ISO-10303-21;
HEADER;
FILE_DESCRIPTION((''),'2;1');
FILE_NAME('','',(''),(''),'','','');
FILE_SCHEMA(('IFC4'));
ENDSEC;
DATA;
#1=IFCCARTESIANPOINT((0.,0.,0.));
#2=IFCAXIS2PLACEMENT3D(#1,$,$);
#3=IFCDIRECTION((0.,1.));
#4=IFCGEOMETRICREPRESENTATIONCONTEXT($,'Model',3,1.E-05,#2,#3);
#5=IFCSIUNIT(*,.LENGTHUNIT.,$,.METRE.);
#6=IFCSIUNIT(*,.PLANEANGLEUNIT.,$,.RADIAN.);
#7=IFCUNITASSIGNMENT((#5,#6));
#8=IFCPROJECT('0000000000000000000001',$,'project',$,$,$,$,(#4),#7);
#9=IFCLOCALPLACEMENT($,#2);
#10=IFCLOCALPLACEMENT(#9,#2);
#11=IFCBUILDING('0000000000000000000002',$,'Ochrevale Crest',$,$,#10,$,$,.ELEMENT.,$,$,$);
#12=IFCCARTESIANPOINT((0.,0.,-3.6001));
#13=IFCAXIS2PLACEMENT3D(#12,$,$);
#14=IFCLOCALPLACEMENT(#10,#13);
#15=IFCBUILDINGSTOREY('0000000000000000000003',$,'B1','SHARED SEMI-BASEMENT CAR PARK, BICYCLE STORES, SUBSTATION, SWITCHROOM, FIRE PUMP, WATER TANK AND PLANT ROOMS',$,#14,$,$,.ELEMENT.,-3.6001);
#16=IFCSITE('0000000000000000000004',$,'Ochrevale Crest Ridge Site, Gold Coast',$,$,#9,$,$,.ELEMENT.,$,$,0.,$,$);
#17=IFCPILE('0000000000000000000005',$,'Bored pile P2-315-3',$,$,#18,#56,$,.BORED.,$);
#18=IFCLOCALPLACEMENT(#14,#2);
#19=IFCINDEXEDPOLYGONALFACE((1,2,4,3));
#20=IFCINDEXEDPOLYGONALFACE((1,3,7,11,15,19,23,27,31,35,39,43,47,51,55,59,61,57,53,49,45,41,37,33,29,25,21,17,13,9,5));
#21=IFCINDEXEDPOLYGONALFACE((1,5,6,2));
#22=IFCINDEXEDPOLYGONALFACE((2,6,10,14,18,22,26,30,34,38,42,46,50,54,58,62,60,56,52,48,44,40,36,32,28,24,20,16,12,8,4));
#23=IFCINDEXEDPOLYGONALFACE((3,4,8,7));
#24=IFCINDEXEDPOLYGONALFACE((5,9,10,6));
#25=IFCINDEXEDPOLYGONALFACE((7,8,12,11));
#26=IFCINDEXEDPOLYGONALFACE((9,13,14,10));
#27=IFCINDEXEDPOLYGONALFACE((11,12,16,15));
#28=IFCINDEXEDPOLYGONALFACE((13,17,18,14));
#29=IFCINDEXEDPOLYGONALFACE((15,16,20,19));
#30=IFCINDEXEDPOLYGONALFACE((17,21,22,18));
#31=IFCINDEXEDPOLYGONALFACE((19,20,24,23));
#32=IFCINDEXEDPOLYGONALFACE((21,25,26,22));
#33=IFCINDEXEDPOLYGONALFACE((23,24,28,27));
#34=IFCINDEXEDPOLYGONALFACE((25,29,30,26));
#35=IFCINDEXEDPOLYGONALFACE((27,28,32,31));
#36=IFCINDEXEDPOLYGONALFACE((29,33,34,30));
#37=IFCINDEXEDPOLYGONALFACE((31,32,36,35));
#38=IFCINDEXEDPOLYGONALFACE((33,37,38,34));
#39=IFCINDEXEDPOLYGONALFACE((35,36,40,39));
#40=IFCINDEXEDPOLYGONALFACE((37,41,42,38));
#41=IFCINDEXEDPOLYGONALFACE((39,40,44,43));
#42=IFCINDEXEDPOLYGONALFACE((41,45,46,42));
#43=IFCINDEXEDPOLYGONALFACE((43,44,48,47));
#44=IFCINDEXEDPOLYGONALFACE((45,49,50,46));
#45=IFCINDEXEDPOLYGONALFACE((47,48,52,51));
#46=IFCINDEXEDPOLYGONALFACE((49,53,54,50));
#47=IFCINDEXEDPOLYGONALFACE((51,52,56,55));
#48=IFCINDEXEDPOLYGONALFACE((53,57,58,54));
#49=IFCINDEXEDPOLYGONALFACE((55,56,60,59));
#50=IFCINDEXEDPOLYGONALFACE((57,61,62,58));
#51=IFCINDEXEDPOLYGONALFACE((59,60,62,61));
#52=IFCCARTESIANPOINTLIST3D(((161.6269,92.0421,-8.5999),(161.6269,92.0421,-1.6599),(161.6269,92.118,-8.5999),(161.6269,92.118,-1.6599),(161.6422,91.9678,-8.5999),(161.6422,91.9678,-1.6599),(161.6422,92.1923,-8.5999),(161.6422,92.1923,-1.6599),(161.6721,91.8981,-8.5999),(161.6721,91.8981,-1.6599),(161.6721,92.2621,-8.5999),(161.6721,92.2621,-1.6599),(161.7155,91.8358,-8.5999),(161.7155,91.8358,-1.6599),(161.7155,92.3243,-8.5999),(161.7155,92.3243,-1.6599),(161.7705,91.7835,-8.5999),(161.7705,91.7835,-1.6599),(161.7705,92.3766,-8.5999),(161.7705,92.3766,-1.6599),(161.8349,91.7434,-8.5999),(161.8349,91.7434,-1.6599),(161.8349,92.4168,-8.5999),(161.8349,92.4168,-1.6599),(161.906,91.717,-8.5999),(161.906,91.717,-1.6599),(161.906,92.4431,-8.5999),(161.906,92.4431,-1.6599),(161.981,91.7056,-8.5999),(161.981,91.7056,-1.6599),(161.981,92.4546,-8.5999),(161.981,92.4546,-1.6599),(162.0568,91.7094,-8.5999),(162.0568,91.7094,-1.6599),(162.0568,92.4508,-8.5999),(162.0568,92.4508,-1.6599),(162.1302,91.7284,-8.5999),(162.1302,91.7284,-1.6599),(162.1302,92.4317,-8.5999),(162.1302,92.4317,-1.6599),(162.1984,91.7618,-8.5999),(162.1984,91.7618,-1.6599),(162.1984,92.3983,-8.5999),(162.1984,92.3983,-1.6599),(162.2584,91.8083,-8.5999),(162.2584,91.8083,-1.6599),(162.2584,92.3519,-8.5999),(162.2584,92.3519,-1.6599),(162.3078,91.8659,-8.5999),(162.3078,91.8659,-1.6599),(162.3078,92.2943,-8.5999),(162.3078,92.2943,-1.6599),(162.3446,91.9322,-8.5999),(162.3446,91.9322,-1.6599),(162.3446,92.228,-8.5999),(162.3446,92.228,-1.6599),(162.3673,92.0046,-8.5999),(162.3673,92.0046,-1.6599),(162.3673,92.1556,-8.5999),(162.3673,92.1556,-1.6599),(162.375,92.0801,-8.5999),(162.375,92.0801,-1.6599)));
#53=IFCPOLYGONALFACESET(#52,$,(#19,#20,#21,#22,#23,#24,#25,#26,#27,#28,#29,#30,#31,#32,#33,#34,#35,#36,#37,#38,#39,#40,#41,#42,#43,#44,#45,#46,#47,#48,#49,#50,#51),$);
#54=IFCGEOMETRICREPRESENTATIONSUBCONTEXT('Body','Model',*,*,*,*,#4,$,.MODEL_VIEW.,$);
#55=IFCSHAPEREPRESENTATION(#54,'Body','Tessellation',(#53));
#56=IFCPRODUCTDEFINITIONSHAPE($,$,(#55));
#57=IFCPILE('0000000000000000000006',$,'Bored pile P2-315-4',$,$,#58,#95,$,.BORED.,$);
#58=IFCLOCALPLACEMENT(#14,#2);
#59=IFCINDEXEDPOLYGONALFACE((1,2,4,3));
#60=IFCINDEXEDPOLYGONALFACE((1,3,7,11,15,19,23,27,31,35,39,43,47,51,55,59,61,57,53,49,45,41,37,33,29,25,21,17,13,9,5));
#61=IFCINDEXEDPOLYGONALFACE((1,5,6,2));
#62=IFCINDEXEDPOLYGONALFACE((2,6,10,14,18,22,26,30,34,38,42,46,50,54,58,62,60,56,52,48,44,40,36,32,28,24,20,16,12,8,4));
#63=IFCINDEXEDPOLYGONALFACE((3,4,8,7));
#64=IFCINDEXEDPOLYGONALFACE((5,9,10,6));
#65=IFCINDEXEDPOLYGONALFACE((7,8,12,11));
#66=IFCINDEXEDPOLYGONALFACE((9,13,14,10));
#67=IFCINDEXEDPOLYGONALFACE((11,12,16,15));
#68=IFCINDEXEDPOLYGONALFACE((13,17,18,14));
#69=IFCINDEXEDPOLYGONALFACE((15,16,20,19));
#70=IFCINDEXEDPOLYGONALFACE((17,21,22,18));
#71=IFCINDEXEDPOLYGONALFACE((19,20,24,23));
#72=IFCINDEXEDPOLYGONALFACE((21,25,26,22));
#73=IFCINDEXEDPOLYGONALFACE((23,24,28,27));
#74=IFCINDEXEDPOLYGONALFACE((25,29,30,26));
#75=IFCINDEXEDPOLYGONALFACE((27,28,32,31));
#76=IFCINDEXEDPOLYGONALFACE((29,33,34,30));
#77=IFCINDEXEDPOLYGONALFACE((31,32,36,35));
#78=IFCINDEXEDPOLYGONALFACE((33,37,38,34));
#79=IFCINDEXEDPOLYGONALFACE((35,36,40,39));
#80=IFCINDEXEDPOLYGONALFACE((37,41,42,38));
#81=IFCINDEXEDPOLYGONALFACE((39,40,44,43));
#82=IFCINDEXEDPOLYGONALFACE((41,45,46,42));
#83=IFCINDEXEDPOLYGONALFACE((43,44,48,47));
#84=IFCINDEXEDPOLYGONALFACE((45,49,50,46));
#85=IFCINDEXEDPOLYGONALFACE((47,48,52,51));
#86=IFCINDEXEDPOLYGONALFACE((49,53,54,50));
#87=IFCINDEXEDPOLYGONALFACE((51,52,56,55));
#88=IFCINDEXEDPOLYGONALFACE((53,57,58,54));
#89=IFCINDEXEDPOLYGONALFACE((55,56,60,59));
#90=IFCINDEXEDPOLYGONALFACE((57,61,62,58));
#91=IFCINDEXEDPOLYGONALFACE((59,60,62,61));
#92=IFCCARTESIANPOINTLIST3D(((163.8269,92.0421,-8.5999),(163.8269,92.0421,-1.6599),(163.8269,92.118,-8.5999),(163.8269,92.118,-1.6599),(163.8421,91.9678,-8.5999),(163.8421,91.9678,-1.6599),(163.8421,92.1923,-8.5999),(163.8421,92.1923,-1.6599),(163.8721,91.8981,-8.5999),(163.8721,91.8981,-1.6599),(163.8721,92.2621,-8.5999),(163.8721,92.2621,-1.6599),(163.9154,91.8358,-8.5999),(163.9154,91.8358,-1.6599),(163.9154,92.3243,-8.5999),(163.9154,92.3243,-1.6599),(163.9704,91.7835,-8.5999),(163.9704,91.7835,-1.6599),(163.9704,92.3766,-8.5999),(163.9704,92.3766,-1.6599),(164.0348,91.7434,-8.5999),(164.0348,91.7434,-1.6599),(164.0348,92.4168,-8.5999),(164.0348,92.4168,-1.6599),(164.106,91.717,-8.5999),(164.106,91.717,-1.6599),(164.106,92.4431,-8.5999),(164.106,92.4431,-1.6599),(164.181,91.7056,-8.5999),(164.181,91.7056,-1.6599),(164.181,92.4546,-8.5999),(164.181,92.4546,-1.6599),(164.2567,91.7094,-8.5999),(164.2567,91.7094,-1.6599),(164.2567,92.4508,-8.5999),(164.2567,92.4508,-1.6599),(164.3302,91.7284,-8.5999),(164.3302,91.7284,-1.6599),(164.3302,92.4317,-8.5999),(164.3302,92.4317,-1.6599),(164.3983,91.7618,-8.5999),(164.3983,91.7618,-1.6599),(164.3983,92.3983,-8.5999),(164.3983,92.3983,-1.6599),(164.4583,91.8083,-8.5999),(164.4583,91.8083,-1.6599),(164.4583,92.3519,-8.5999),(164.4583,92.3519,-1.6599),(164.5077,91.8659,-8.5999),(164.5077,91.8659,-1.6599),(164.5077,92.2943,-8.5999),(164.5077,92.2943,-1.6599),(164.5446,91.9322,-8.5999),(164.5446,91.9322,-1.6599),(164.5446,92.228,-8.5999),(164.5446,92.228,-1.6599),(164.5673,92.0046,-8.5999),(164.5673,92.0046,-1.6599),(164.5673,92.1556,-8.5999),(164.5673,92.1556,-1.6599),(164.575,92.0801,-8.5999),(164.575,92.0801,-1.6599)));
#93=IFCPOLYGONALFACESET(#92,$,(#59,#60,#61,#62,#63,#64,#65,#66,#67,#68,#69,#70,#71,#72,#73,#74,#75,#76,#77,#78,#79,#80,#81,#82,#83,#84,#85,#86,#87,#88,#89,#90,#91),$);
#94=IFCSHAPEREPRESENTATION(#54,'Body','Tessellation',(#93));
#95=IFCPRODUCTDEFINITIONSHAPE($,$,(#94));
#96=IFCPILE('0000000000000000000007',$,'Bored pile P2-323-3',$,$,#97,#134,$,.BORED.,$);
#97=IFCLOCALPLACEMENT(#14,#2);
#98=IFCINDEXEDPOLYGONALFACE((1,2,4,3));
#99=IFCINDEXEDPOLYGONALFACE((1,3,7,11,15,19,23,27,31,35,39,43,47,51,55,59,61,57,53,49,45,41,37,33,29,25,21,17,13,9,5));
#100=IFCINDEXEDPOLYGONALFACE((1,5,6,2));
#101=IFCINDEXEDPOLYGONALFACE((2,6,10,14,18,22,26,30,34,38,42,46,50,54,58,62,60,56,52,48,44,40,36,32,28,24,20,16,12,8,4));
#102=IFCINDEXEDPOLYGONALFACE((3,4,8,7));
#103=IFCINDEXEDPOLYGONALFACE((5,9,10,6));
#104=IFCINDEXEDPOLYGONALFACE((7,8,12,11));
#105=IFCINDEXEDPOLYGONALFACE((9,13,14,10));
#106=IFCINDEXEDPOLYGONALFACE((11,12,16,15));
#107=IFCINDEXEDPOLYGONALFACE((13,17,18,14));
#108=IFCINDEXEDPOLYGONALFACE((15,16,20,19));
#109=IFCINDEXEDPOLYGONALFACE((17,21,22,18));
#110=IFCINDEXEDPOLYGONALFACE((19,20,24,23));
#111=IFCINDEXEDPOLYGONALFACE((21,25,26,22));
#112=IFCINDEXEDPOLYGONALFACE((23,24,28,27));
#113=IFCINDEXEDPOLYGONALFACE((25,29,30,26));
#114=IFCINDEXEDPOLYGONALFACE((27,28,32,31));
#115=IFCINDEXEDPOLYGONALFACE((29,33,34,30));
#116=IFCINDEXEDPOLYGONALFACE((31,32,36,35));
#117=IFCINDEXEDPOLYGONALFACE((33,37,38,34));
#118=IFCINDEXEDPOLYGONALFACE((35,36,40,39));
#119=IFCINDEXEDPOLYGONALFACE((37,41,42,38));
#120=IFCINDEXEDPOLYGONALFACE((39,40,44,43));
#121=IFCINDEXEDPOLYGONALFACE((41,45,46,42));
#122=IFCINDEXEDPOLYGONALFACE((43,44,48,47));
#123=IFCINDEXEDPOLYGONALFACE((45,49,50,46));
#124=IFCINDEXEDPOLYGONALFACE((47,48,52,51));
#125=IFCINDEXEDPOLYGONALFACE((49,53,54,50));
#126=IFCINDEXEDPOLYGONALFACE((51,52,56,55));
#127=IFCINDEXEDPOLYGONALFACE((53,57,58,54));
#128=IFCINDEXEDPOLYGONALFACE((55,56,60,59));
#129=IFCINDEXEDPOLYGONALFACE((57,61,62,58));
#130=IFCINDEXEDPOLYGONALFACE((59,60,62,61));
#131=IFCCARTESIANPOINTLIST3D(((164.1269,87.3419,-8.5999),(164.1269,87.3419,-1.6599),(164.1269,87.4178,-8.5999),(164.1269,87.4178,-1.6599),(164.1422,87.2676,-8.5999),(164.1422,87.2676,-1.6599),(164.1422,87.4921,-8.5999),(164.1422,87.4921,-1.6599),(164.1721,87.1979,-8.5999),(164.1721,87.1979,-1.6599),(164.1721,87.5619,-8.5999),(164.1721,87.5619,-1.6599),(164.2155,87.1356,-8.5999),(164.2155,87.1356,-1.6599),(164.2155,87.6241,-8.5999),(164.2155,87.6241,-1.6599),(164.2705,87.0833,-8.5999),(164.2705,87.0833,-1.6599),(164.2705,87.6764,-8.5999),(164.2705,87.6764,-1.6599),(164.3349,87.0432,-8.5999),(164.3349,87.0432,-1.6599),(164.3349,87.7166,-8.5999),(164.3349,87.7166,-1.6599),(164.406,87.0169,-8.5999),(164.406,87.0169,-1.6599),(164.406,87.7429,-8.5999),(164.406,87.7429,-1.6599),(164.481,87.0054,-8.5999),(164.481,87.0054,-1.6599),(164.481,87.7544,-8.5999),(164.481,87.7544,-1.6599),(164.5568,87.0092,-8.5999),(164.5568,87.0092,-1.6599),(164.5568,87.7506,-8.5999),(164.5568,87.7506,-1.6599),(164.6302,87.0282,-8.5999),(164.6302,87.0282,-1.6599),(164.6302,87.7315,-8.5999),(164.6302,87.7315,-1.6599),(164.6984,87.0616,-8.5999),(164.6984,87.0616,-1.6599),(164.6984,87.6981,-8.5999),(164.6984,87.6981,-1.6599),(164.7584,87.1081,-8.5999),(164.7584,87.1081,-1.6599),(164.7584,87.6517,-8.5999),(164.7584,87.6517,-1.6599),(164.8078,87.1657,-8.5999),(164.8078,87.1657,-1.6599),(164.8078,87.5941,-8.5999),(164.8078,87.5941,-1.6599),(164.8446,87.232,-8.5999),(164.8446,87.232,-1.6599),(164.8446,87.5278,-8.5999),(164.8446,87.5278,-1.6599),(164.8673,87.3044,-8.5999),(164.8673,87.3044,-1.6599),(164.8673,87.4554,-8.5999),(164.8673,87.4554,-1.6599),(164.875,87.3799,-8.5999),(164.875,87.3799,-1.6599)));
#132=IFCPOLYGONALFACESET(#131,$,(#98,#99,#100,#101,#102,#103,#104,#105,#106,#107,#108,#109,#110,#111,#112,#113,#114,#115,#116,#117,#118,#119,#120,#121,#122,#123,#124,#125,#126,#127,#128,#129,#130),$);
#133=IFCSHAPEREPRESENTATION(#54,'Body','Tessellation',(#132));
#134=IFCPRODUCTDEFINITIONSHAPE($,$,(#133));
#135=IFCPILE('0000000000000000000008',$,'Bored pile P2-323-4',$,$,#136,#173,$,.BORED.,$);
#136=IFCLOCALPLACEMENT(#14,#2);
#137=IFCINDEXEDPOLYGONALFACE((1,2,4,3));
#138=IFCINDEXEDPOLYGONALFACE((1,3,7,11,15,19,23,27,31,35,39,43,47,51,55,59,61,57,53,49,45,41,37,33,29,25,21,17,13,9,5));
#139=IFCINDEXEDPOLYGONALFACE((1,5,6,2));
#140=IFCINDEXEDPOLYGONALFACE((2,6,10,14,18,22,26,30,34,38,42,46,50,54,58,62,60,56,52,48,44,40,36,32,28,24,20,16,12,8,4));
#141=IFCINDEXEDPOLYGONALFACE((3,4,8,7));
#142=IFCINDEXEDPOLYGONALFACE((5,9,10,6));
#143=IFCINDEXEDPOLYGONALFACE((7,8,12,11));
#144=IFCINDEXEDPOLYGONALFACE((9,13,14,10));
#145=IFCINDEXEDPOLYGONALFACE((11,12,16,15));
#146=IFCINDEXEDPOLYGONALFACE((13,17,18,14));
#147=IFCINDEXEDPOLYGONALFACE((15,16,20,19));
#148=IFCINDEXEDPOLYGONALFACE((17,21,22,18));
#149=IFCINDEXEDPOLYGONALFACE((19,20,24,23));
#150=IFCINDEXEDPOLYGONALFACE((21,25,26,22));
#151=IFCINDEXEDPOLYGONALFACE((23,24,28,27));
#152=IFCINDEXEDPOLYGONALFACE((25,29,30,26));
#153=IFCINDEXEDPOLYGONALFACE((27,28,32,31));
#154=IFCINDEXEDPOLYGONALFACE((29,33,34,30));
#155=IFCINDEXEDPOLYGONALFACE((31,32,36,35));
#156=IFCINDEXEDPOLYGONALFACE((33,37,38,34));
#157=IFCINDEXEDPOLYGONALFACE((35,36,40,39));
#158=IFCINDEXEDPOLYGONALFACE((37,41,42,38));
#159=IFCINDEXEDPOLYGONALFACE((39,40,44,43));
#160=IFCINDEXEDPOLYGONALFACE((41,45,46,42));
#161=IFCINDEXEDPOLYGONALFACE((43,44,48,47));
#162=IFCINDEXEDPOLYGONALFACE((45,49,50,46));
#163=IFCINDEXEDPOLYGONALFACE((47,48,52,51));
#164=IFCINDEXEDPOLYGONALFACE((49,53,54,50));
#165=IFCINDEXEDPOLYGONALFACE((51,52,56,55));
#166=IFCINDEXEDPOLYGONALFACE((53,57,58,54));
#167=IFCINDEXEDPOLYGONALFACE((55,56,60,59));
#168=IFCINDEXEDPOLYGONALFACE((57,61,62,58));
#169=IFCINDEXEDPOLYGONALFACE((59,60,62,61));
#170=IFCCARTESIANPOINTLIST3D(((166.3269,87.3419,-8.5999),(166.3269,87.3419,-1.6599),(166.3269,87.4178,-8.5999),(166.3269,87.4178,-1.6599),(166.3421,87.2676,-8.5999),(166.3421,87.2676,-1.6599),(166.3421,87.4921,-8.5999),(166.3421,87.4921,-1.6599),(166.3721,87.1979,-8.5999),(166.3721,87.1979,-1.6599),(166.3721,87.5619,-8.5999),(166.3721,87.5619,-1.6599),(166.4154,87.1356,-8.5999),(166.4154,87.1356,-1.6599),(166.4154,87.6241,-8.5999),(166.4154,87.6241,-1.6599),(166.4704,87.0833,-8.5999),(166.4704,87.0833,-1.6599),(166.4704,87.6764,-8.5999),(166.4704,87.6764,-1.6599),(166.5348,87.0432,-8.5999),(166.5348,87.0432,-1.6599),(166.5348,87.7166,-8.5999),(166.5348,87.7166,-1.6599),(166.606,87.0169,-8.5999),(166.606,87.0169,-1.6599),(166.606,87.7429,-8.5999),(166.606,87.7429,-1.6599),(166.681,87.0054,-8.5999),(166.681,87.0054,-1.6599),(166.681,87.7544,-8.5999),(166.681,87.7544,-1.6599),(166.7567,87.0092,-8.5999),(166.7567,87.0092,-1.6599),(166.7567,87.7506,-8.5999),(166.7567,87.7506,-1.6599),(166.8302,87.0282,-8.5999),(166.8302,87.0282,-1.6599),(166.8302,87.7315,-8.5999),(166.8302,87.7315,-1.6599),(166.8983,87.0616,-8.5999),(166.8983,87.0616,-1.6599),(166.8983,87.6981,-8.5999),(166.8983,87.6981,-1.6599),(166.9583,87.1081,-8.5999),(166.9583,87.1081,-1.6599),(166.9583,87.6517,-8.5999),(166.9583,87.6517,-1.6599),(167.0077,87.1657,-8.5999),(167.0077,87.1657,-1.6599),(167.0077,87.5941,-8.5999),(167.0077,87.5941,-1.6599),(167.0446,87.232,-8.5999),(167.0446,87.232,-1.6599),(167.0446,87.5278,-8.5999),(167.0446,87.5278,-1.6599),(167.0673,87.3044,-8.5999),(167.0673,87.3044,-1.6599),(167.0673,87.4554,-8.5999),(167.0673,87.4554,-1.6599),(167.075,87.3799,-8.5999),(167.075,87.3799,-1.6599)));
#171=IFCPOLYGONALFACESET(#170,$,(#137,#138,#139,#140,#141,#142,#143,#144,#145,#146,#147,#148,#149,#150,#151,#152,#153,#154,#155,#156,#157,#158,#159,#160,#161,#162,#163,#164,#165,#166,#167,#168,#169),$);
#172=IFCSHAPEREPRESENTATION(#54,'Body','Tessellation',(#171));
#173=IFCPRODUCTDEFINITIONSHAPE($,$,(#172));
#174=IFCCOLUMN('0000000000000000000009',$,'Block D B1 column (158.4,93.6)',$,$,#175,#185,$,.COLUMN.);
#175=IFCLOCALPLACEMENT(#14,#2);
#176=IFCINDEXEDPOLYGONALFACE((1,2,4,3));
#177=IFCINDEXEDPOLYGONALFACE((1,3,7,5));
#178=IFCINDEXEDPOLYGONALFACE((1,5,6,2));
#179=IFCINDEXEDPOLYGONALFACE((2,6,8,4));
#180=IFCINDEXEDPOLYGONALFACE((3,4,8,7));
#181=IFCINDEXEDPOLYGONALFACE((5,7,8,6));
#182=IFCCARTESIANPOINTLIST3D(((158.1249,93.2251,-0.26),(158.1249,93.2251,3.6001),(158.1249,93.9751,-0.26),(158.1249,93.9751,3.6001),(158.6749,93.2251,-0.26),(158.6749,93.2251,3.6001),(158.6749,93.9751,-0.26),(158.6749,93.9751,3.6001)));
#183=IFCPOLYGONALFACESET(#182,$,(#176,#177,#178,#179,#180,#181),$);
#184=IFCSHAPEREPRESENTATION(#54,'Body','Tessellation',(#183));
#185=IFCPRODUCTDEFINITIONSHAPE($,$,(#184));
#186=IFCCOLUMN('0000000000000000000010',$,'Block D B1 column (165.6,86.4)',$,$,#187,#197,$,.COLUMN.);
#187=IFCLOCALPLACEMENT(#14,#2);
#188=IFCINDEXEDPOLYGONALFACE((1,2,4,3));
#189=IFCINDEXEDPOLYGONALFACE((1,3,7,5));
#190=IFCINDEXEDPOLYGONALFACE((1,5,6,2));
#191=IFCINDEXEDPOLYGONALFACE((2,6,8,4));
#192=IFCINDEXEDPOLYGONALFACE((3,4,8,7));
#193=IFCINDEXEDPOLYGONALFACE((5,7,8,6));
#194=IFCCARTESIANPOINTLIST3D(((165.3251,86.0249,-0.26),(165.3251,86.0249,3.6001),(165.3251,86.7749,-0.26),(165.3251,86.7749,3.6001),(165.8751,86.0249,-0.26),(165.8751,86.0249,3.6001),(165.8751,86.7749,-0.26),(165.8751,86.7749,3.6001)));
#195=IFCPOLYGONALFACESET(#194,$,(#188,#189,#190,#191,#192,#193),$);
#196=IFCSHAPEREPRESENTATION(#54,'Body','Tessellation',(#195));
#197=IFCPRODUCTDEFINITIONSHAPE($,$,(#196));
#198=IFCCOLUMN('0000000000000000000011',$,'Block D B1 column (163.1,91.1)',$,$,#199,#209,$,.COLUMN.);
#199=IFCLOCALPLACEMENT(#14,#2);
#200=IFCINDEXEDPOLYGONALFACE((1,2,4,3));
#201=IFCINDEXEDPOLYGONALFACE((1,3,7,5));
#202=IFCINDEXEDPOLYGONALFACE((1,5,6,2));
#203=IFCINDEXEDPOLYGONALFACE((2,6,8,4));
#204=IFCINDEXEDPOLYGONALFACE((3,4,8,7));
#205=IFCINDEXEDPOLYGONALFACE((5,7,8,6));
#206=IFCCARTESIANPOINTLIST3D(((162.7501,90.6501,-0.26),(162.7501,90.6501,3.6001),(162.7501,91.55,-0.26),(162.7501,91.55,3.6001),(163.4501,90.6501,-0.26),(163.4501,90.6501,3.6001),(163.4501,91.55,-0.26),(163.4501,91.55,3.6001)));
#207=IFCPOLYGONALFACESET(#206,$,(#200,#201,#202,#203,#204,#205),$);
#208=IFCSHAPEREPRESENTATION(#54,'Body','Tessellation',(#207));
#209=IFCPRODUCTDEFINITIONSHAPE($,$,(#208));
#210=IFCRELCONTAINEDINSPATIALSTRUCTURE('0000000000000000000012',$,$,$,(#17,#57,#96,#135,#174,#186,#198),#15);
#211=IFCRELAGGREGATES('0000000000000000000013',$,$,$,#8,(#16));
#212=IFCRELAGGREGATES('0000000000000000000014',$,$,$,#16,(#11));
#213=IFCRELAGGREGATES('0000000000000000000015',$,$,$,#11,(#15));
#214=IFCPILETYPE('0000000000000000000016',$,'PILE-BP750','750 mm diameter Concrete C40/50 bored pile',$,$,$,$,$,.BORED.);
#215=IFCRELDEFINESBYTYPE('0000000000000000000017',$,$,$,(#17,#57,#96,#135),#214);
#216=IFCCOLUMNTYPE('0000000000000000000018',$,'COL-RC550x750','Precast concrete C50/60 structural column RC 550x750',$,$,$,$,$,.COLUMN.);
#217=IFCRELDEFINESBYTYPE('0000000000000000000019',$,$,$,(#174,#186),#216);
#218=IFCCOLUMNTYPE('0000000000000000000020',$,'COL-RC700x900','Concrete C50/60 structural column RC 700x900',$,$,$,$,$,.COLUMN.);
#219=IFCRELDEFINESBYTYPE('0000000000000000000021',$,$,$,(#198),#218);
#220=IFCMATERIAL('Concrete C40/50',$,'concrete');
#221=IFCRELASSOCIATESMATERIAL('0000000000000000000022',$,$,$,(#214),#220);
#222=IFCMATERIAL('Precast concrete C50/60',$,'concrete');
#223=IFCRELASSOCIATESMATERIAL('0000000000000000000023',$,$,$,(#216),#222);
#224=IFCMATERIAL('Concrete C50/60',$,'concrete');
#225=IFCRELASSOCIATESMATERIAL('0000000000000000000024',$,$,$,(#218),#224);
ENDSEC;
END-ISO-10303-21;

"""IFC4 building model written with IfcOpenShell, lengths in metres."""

from ifc_helpers import new_model, si_unit, direction, frame, origin, origin_2d, place, context, subcontext, project, spatial, rectangle, circle, extrude, material, material_profile, profile_set, type_object, element, save


model = new_model("IFC4")

# Units and contexts
model_context = context("Model", 3, precision=1e-05, world=origin(), true_north=direction((0.0, 1.0)))
body_context = subcontext(model_context, "Body", "Model", "MODEL_VIEW")
ifc_project = project(units=[si_unit("LENGTHUNIT", "METRE"), si_unit("PLANEANGLEUNIT", "RADIAN")], contexts=[model_context])

# Site, building, storey
site_placement = place(None, origin())
site = spatial("IfcSite", under=ifc_project, at=site_placement, Name="Ochrevale Crest Ridge Site, Gold Coast", CompositionType="ELEMENT", RefElevation=0.0)
building_placement = place(site_placement, origin())
building = spatial("IfcBuilding", under=site, at=building_placement, Name="Ochrevale Crest", CompositionType="ELEMENT")
storey_placement = place(building_placement, frame((0.0, 0.0, -3.6001)))
storey = spatial("IfcBuildingStorey", under=building, at=storey_placement, Name="B1", Description="SHARED SEMI-BASEMENT CAR PARK, BICYCLE STORES, SUBSTATION, SWITCHROOM, FIRE PUMP, WATER TANK AND PLANT ROOMS", CompositionType="ELEMENT", Elevation=-3.6001)

# Shared definitions
ifc_material_1 = material(Name="Concrete C40/50", Category="concrete")

# Piles
ifc_material_profile_1 = material_profile(ifc_material_1, circle(Radius=0.375, at=origin_2d()), Name="BORED PILE 750")
ifc_profile_set_1 = profile_set([ifc_material_profile_1], Name="Concrete C40/50")
pile_type_1 = type_object("IfcPileType", Name="PILE-BP750", Description="750 mm diameter Concrete C40/50 bored pile", PredefinedType="BORED", material=ifc_profile_set_1)
for number, where, z_axis, x_axis, name in (
    (1, (162.0, 92.0801, -1.6599), (0.0, 0.0, -1.0), (1.0, 0.0, 0.0), "Bored pile P2-315-3"),
    (2, (164.2, 92.0801, -1.6599), (0.0, 0.0, -1.0), (1.0, 0.0, 0.0), "Bored pile P2-315-4"),
    (3, (164.5, 87.3799, -1.6599), (0.0, 0.0, -1.0), (1.0, 0.0, 0.0), "Bored pile P2-323-3"),
    (4, (166.7, 87.3799, -1.6599), (0.0, 0.0, -1.0), (1.0, 0.0, 0.0), "Bored pile P2-323-4"),
):
    element("IfcPile", number, at=place(storey_placement, frame(where, z_axis=z_axis, x_axis=x_axis)), inside=storey, type_object=pile_type_1, Name=name, PredefinedType="BORED", context=body_context, shape_type="SweptSolid", body=[
        extrude(circle(Radius=0.375, at=origin_2d()), origin(), (0.0, 0.0, 1.0), 6.9399),
    ])

# Columns
ifc_material_2 = material(Name="Precast concrete C50/60", Category="concrete")
ifc_material_profile_2 = material_profile(ifc_material_2, rectangle(XDim=0.55, YDim=0.75, at=origin_2d()), Name="RC 550x750")
ifc_profile_set_2 = profile_set([ifc_material_profile_2], Name="Precast concrete C50/60")
column_type_1 = type_object("IfcColumnType", Name="COL-RC550x750", Description="Precast concrete C50/60 structural column RC 550x750", PredefinedType="COLUMN", material=ifc_profile_set_2)
for number, where, z_axis, x_axis, name in (
    (5, (158.3999, 93.6001, -0.26), (0.0, 0.0, 1.0), (1.0, 0.0, 0.0), "Block D B1 column (158.4,93.6)"),
    (6, (165.6001, 86.3999, -0.26), (0.0, 0.0, 1.0), (1.0, 0.0, 0.0), "Block D B1 column (165.6,86.4)"),
):
    element("IfcColumn", number, at=place(storey_placement, frame(where, z_axis=z_axis, x_axis=x_axis)), inside=storey, type_object=column_type_1, Name=name, PredefinedType="COLUMN", context=body_context, shape_type="SweptSolid", body=[
        extrude(rectangle(XDim=0.55, YDim=0.75, at=origin_2d()), origin(), (0.0, 0.0, 1.0), 3.8601),
    ])
ifc_material_3 = material(Name="Concrete C50/60", Category="concrete")
ifc_material_profile_3 = material_profile(ifc_material_3, rectangle(XDim=0.7, YDim=0.8999, at=origin_2d()), Name="RC 700x900")
ifc_profile_set_3 = profile_set([ifc_material_profile_3], Name="Concrete C50/60")
column_type_2 = type_object("IfcColumnType", Name="COL-RC700x900", Description="Concrete C50/60 structural column RC 700x900", PredefinedType="COLUMN", material=ifc_profile_set_3)
column_placement = place(storey_placement, frame((163.1001, 91.1001, -0.26), z_axis=(0.0, 0.0, 1.0), x_axis=(1.0, 0.0, 0.0)))
element("IfcColumn", 7, at=column_placement, inside=storey, type_object=column_type_2, Name="Block D B1 column (163.1,91.1)", PredefinedType="COLUMN", context=body_context, shape_type="SweptSolid", body=[
    extrude(rectangle(XDim=0.7, YDim=0.8999, at=origin_2d()), origin(), (0.0, 0.0, 1.0), 3.8601),
])

save(model, "model.ifc")
